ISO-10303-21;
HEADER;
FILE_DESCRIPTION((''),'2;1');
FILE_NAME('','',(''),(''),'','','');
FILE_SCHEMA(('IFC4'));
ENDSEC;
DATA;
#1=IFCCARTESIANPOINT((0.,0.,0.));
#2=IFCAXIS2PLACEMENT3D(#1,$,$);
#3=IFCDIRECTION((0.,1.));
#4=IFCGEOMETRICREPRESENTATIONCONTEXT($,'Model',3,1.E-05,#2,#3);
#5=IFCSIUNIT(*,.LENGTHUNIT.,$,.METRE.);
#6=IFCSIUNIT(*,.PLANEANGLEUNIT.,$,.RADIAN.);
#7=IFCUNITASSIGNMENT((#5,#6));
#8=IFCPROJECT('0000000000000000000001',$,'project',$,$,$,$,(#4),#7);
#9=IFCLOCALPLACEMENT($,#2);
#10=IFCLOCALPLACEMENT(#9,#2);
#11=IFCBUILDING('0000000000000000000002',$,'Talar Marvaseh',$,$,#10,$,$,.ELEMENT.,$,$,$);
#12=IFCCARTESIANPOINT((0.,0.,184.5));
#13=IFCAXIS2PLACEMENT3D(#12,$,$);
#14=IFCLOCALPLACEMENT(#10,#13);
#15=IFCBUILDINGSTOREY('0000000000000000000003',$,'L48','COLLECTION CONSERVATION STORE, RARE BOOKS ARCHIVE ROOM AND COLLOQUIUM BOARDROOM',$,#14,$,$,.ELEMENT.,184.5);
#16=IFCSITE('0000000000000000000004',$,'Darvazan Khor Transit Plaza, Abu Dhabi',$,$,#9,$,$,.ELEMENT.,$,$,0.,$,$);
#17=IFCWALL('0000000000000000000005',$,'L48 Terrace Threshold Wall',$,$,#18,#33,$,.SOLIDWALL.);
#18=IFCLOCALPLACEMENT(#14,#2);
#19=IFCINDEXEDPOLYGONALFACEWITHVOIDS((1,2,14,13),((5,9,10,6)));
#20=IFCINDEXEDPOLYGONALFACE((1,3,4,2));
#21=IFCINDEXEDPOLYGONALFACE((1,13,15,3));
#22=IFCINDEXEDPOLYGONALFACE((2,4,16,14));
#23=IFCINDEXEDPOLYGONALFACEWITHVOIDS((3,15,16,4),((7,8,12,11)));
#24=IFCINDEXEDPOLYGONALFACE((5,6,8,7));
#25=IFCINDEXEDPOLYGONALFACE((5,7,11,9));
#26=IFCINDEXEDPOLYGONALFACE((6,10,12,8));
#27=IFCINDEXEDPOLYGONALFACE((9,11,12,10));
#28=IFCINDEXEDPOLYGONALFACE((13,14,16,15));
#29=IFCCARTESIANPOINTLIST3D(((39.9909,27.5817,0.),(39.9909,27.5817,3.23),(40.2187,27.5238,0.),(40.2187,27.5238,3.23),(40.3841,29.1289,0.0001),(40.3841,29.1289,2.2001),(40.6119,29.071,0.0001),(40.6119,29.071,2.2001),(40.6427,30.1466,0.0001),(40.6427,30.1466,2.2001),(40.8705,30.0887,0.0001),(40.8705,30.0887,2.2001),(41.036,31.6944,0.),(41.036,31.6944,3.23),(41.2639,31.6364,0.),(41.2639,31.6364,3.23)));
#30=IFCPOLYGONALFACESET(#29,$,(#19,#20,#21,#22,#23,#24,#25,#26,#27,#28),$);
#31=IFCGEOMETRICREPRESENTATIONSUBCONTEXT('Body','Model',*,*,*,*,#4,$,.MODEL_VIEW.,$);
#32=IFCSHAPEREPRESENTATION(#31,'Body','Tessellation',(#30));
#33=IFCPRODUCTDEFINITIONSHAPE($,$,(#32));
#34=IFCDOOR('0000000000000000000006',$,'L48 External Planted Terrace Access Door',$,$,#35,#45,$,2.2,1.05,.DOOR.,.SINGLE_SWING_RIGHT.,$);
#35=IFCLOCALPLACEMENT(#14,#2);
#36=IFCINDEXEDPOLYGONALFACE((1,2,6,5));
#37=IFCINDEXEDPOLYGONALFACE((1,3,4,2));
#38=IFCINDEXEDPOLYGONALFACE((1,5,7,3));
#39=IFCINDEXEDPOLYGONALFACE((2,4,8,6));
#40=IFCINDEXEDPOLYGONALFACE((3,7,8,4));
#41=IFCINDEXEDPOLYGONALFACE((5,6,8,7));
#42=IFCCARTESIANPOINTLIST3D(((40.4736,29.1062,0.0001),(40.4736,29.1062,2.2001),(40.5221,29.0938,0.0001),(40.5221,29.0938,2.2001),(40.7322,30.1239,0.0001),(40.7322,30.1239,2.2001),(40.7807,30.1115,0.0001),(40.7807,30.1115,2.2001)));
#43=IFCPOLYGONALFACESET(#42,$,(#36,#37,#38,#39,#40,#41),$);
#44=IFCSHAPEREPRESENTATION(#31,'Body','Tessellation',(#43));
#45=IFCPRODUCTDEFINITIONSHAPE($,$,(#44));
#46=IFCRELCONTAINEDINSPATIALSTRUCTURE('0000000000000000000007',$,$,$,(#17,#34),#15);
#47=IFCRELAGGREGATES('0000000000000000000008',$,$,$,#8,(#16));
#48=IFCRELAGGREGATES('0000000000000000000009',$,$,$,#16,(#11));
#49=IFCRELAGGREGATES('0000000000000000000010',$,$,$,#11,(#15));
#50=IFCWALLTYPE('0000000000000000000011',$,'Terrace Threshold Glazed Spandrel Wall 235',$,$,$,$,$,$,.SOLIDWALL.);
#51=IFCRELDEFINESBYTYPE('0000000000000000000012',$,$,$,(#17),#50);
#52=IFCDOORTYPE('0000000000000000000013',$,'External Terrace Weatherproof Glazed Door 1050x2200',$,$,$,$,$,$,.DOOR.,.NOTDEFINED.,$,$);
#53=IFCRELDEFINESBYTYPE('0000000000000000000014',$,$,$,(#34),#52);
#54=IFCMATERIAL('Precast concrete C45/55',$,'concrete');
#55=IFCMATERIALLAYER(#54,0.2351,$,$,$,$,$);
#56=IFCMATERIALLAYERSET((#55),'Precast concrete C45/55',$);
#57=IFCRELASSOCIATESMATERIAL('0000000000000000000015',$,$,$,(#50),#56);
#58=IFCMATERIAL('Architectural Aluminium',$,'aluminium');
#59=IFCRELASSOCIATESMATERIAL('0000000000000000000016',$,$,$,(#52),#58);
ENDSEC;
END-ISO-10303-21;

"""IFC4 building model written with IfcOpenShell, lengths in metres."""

from ifc_helpers import new_model, si_unit, direction, frame, frame_2d, origin, place, context, subcontext, project, spatial, rectangle, extrude, source, transform, mapped, material, layer, layer_set, type_object, type_shapes, element, fill, save


model = new_model("IFC4")

# Units and contexts
model_context = context("Model", 3, precision=1e-05, world=origin(), true_north=direction((0.0, 1.0)))
body_context = subcontext(model_context, "Body", "Model", "MODEL_VIEW")
ifc_project = project(units=[si_unit("LENGTHUNIT", "METRE"), si_unit("PLANEANGLEUNIT", "RADIAN")], contexts=[model_context])

# Site, building, storey
site_placement = place(None, origin())
site = spatial("IfcSite", under=ifc_project, at=site_placement, Name="Darvazan Khor Transit Plaza, Abu Dhabi", CompositionType="ELEMENT", RefElevation=0.0)
building_placement = place(site_placement, origin())
building = spatial("IfcBuilding", under=site, at=building_placement, Name="Talar Marvaseh", CompositionType="ELEMENT")
storey_placement = place(building_placement, frame((0.0, 0.0, 184.5)))
storey = spatial("IfcBuildingStorey", under=building, at=storey_placement, Name="L48", Description="COLLECTION CONSERVATION STORE, RARE BOOKS ARCHIVE ROOM AND COLLOQUIUM BOARDROOM", CompositionType="ELEMENT", Elevation=184.5)

# Shared definitions
ifc_material_1 = material(Name="Architectural Aluminium", Category="aluminium")

# Wall, opening, door
ifc_material_2 = material(Name="Precast concrete C45/55", Category="concrete")
ifc_layer_1 = layer(ifc_material_2, 0.2351)
ifc_layer_set_1 = layer_set([ifc_layer_1], Name="Precast concrete C45/55")
wall_type_1 = type_object("IfcWallType", Name="Terrace Threshold Glazed Spandrel Wall 235", PredefinedType="SOLIDWALL", material=ifc_layer_set_1)
wall_1_placement = place(storey_placement, frame((41.1499, 31.6653, 0.0), z_axis=(0.0, 0.0, 1.0), x_axis=(-0.246297, -0.969194, 0.0)))
wall_1 = element("IfcWall", 1, at=wall_1_placement, inside=storey, type_object=wall_type_1, Name="L48 Terrace Threshold Wall", PredefinedType="SOLIDWALL", context=body_context, shape_type="SweptSolid", body=[
    extrude(rectangle(XDim=4.2434, YDim=0.2351, at=frame_2d((2.1216, 0.0))), origin(), (0.0, 0.0, 1.0), 3.23),
])
opening_1_placement = place(wall_1_placement, frame((1.5969, 0.0, 0.0)))
opening_1 = element("IfcOpeningElement", 2, at=opening_1_placement, cuts=wall_1, PredefinedType="OPENING", context=body_context, shape_type="SweptSolid", body=[
    extrude(rectangle(XDim=1.05, YDim=2.2, at=frame_2d((0.5249, 1.1001))), frame((0.0, 0.1274, 0.0), z_axis=(0.0, -1.0, 0.0), x_axis=(1.0, 0.0, 0.0)), (0.0, 0.0, 1.0), 0.2551),
])
door_type_1 = type_object("IfcDoorType", Name="External Terrace Weatherproof Glazed Door 1050x2200", OperationType="NOTDEFINED", PredefinedType="DOOR", material=ifc_material_1)
shared_shape_1 = source(origin(), body_context, "Body", "SweptSolid", [
    extrude(rectangle(XDim=1.05, YDim=2.2, at=frame_2d((0.5249, 1.1001))), frame((0.0, 0.0249, 0.0), z_axis=(0.0, -1.0, 0.0), x_axis=(1.0, 0.0, 0.0)), (0.0, 0.0, 1.0), 0.05),
])
type_shapes(door_type_1, [shared_shape_1])
door_1_placement = place(opening_1_placement, origin())
door_1 = element("IfcDoor", 3, at=door_1_placement, inside=storey, type_object=door_type_1, Name="L48 External Planted Terrace Access Door", OperationType="SINGLE_SWING_RIGHT", OverallHeight=2.2, OverallWidth=1.05, PredefinedType="DOOR", context=body_context, shape_type="MappedRepresentation", body=[
    mapped(shared_shape_1, transform((0.0, 0.0, 0.0), x_axis=(1.0, 0.0, 0.0), y_axis=(0.0, 1.0, 0.0), z_axis=(0.0, 0.0, 1.0), scale=1.0)),
])
fill(opening_1, door_1)

save(model, "model.ifc")
